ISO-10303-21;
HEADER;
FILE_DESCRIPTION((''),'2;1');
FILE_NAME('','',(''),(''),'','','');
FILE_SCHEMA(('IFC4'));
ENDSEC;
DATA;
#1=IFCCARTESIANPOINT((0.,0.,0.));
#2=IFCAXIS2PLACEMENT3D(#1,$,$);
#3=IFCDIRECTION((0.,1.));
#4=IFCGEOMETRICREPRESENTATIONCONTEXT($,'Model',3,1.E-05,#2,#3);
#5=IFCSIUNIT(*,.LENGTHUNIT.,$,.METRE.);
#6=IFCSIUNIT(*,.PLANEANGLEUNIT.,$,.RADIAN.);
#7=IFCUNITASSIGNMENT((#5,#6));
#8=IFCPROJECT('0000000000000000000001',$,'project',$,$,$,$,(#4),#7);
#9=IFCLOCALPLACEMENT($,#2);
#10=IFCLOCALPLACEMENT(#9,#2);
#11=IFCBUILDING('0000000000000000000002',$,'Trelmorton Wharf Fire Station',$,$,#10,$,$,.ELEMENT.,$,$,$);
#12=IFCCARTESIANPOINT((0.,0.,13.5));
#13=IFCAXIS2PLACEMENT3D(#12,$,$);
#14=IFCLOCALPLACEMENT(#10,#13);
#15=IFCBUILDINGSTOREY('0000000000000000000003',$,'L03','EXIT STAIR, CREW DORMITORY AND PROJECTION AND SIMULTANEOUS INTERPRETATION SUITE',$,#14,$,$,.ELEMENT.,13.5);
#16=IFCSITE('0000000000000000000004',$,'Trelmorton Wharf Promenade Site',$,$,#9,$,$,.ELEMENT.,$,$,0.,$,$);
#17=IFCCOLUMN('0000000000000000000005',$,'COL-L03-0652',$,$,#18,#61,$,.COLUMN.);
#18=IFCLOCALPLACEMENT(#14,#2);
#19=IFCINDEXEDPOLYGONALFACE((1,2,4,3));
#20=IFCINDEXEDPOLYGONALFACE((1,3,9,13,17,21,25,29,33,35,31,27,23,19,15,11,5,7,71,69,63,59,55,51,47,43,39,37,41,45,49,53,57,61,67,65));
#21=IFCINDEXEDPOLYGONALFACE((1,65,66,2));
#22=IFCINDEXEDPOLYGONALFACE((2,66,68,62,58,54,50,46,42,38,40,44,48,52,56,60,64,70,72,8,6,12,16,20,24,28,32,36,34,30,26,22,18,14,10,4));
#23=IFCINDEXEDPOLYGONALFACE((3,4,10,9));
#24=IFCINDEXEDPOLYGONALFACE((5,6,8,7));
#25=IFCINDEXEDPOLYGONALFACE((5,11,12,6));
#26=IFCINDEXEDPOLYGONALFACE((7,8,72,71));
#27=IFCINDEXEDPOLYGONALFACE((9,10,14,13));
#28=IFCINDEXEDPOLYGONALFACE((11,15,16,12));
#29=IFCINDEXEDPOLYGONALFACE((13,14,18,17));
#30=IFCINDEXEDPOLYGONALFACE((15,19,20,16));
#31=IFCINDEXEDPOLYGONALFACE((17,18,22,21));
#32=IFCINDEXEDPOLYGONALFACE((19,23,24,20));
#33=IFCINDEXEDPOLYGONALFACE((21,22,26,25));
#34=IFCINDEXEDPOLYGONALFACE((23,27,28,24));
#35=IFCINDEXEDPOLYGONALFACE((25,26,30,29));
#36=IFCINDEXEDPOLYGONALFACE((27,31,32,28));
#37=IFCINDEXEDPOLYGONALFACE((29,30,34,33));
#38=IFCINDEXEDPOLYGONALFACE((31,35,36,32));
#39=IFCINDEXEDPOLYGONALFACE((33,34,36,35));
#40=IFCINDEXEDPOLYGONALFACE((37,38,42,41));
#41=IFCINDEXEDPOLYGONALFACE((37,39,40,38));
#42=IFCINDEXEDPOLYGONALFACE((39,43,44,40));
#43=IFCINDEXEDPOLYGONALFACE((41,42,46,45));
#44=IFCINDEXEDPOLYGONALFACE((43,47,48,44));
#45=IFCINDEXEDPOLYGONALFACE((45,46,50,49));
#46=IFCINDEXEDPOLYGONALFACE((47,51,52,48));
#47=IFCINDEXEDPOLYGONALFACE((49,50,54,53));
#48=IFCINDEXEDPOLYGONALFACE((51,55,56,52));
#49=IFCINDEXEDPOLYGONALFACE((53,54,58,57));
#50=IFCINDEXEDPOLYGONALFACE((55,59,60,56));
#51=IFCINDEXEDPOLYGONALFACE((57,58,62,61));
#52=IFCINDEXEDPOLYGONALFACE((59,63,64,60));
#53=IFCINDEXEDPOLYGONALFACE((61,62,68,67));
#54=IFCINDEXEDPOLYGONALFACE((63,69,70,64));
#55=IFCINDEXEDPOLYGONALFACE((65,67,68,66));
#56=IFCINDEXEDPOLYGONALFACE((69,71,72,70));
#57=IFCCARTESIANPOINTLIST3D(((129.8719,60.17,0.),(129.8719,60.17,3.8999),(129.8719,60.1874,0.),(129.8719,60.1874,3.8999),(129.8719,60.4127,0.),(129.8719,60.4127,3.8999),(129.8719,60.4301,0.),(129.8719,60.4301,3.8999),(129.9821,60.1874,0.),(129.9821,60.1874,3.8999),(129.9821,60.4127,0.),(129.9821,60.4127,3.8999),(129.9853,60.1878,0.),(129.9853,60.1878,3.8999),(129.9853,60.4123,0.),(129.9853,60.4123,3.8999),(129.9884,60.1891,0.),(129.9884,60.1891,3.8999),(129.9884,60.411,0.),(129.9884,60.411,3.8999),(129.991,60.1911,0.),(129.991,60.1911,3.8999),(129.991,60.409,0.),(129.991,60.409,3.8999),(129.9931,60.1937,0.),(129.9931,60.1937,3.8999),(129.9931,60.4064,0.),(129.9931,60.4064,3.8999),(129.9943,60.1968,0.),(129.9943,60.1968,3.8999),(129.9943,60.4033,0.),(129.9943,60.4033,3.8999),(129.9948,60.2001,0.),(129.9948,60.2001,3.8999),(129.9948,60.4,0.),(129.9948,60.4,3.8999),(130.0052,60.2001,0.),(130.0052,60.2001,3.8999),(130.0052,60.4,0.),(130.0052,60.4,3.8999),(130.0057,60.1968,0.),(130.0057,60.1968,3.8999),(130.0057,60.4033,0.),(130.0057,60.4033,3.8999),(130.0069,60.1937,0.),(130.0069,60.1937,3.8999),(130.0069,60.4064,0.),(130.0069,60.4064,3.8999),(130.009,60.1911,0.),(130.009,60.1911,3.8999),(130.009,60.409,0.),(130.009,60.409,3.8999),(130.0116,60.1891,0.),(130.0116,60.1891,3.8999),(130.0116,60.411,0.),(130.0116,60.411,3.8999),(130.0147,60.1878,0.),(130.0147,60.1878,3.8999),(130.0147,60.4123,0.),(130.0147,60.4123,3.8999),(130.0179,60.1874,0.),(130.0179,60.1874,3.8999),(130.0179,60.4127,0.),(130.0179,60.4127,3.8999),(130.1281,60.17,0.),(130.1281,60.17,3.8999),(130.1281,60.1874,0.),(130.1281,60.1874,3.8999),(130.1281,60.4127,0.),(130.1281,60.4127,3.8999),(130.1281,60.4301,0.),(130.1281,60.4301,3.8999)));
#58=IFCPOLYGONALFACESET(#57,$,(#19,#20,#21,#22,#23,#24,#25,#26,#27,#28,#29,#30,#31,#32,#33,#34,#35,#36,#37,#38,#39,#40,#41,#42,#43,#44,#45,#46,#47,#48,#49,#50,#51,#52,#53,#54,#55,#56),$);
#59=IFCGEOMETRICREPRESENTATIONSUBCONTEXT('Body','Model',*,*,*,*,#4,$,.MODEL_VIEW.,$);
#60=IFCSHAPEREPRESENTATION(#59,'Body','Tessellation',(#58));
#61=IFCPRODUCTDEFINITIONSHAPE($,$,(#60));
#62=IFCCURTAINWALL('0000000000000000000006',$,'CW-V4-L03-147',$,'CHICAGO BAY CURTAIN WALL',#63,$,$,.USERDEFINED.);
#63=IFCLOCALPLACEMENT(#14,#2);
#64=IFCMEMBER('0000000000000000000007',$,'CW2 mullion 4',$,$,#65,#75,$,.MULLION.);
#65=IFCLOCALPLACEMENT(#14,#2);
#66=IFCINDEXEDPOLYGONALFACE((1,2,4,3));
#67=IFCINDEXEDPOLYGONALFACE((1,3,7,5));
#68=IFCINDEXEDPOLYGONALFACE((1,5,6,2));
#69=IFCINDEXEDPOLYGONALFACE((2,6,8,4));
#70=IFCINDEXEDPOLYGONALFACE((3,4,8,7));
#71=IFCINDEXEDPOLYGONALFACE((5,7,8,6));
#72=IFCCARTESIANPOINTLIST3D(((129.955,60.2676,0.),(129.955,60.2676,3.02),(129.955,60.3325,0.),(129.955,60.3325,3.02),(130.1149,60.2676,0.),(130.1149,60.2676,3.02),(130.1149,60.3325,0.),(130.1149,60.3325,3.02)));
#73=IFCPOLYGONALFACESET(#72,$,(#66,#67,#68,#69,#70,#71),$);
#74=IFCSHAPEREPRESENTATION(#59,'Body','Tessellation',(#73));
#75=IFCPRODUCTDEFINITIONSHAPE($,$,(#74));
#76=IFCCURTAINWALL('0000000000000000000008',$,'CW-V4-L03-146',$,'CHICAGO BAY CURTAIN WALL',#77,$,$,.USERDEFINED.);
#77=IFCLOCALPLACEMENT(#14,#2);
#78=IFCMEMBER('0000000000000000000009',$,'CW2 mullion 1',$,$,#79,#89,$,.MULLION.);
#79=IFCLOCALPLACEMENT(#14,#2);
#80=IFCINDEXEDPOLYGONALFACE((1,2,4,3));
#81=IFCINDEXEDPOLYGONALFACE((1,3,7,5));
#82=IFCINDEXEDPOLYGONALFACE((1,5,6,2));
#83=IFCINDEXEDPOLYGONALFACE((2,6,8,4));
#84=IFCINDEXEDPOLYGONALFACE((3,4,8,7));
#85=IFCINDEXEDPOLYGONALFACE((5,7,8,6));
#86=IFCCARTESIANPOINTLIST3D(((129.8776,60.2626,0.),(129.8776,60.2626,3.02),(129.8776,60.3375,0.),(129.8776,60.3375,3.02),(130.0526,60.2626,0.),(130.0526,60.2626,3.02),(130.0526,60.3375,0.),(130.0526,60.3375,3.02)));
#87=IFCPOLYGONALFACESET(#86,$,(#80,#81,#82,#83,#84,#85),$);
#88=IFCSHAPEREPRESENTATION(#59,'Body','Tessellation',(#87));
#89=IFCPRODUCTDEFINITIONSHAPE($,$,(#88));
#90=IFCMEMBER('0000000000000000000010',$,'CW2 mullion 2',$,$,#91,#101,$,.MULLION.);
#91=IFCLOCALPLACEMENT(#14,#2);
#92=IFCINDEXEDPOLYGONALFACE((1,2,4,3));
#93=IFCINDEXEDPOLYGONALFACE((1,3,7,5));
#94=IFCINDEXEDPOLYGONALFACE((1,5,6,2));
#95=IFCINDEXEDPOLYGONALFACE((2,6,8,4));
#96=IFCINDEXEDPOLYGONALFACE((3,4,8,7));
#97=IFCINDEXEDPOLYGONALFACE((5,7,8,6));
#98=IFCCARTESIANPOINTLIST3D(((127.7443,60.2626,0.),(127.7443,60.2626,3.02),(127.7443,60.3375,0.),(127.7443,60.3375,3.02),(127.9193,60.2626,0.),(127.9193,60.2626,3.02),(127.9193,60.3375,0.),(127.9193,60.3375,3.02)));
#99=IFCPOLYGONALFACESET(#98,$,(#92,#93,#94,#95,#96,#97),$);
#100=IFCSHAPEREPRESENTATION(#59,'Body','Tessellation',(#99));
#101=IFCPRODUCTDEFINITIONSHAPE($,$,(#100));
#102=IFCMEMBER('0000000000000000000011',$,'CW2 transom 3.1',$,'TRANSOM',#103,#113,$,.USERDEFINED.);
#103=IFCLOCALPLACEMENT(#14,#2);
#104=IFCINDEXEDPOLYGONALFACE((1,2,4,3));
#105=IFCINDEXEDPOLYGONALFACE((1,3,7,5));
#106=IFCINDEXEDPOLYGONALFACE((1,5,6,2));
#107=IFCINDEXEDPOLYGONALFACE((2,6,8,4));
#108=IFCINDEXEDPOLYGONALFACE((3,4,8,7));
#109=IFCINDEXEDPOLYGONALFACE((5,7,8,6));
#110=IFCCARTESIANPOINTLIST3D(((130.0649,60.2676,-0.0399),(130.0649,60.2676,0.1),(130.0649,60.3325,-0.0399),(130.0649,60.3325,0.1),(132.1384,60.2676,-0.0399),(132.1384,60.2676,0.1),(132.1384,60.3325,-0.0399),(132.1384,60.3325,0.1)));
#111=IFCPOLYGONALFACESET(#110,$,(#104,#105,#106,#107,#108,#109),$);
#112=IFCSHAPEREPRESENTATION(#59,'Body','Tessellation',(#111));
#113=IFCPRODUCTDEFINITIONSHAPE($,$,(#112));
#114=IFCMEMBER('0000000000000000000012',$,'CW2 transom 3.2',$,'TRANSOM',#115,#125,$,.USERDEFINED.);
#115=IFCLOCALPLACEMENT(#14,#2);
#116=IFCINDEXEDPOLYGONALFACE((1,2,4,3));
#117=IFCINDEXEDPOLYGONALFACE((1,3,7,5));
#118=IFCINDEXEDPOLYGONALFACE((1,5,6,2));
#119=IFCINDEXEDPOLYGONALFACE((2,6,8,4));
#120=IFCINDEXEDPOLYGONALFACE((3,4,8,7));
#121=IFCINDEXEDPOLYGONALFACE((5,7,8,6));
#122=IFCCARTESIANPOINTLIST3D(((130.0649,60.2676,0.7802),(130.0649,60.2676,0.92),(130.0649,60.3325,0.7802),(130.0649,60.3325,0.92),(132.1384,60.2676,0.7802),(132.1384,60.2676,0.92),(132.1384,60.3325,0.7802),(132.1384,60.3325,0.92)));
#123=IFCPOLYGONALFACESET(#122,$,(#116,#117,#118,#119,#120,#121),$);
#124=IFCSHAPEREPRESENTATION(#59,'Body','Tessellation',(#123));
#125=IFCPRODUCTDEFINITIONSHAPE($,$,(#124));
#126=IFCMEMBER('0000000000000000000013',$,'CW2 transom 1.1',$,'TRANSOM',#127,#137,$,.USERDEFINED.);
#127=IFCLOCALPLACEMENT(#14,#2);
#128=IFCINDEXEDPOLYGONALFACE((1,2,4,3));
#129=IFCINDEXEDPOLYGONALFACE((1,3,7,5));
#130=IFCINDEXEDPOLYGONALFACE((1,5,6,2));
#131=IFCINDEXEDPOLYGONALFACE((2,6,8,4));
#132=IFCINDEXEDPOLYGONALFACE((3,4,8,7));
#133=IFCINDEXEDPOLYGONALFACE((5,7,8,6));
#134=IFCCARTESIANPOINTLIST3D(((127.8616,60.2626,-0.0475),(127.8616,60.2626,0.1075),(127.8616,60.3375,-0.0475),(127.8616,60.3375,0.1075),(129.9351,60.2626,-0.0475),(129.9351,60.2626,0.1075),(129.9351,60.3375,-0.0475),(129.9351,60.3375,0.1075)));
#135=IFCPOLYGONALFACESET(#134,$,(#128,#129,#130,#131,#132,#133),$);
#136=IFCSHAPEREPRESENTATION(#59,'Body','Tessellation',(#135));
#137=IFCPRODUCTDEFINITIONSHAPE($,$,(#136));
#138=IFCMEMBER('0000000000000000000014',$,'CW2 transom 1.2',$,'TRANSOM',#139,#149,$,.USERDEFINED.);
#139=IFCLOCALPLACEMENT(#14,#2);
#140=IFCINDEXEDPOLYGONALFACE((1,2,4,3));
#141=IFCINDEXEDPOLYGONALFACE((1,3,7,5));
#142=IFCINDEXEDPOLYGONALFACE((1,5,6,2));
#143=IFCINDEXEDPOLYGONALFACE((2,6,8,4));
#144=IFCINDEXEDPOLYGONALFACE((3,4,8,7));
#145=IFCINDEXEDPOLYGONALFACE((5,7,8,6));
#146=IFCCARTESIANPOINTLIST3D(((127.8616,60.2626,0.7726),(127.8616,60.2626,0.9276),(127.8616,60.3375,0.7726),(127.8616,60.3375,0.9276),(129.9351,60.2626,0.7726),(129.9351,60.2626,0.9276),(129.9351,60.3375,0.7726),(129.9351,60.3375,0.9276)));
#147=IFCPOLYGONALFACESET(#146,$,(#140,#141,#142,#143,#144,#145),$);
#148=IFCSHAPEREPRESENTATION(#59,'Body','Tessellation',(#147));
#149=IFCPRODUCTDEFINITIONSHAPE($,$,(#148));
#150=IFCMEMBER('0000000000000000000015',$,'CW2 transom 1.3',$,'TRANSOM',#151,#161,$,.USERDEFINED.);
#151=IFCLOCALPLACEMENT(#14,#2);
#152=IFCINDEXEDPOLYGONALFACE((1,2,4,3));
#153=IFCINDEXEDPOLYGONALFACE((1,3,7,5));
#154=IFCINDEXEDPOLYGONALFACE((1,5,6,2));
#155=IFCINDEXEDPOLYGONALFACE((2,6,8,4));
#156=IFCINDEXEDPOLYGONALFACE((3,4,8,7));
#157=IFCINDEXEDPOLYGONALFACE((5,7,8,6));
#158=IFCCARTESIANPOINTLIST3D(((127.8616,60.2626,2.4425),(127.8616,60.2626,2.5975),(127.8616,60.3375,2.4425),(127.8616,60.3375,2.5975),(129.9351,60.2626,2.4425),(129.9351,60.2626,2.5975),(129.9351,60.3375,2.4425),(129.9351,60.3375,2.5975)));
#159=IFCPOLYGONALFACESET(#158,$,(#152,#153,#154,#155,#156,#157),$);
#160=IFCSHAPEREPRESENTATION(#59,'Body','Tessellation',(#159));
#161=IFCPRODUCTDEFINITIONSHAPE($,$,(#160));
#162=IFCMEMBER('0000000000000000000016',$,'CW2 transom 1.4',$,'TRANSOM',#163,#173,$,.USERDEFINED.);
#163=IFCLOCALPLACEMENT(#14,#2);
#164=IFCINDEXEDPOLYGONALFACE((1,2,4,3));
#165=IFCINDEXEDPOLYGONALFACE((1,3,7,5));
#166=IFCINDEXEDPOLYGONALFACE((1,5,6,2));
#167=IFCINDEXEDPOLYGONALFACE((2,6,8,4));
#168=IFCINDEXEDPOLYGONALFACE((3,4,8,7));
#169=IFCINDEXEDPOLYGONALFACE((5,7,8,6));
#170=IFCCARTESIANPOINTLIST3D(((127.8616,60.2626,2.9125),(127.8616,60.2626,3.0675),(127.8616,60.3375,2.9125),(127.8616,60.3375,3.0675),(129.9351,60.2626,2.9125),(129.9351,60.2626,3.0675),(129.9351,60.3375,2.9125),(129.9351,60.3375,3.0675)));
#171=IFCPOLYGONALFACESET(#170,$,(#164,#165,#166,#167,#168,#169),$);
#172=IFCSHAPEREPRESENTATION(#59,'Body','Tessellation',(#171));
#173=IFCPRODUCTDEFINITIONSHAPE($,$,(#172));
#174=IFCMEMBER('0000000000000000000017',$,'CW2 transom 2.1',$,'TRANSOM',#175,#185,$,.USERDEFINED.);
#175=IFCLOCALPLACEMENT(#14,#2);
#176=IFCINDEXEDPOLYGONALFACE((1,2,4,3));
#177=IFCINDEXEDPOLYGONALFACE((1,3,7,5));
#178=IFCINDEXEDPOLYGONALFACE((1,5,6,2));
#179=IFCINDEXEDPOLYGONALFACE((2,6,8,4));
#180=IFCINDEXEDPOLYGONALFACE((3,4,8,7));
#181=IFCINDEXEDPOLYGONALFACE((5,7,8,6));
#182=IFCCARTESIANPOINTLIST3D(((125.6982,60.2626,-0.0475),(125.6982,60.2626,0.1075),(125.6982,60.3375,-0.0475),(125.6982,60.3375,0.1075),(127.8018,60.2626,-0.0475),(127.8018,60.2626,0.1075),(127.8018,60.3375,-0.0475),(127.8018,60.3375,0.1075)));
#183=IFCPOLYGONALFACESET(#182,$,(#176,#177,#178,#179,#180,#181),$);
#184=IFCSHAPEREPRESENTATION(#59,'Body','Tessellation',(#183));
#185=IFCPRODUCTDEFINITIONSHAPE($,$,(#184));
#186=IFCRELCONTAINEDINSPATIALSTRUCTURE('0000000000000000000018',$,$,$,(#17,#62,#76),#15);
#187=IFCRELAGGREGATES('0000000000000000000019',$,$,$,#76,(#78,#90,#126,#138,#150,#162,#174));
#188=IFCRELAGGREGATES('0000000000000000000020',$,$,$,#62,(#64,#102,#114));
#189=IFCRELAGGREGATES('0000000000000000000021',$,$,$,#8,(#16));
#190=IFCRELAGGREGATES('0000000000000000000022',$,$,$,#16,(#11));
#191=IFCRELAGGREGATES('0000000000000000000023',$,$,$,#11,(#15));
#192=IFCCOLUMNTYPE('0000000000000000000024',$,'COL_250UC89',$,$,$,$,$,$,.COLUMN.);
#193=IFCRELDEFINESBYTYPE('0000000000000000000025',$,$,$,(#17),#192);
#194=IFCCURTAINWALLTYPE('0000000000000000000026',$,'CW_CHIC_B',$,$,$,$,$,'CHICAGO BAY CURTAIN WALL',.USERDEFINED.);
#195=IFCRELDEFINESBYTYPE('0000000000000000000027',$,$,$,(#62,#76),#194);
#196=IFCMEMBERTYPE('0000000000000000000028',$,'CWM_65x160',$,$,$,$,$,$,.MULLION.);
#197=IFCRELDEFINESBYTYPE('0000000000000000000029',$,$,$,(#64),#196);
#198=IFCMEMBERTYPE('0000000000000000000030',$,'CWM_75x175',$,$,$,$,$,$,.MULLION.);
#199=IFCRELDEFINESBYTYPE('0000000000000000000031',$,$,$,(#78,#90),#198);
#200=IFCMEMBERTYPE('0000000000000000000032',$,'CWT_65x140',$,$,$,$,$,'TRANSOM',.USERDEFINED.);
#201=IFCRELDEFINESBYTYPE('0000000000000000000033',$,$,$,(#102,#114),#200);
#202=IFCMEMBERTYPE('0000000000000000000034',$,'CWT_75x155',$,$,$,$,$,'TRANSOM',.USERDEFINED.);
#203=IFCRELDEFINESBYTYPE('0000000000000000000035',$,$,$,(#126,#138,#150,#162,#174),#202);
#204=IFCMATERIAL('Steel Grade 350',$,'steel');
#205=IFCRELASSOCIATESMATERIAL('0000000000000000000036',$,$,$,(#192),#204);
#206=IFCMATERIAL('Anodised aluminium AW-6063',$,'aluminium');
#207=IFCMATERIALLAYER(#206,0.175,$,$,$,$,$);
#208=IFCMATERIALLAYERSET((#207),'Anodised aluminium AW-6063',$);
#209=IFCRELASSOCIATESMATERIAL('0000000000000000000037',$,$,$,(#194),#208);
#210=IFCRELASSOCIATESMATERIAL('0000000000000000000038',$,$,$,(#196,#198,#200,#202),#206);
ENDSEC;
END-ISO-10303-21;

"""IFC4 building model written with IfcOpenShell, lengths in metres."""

from ifc_helpers import new_model, si_unit, direction, frame, origin, origin_2d, place, context, subcontext, project, spatial, rectangle, i_section, extrude, material, layer, layer_set, material_profile, profile_set, type_object, element, aggregate, save


model = new_model("IFC4")

# Units and contexts
model_context = context("Model", 3, precision=1e-05, world=origin(), true_north=direction((0.0, 1.0)))
body_context = subcontext(model_context, "Body", "Model", "MODEL_VIEW")
ifc_project = project(units=[si_unit("LENGTHUNIT", "METRE"), si_unit("PLANEANGLEUNIT", "RADIAN")], contexts=[model_context])

# Site, building, storey
site_placement = place(None, origin())
site = spatial("IfcSite", under=ifc_project, at=site_placement, Name="Trelmorton Wharf Promenade Site", CompositionType="ELEMENT", RefElevation=0.0)
building_placement = place(site_placement, origin())
building = spatial("IfcBuilding", under=site, at=building_placement, Name="Trelmorton Wharf Fire Station", CompositionType="ELEMENT")
storey_placement = place(building_placement, frame((0.0, 0.0, 13.5)))
storey = spatial("IfcBuildingStorey", under=building, at=storey_placement, Name="L03", Description="EXIT STAIR, CREW DORMITORY AND PROJECTION AND SIMULTANEOUS INTERPRETATION SUITE", CompositionType="ELEMENT", Elevation=13.5)

# Column
ifc_material_1 = material(Name="Steel Grade 350", Category="steel")
ifc_material_profile_1 = material_profile(ifc_material_1, i_section(OverallWidth=0.2561, OverallDepth=0.26, WebThickness=0.0105, FlangeThickness=0.0173, FilletRadius=0.0127, at=origin_2d()), Name="250UC89.5")
ifc_profile_set_1 = profile_set([ifc_material_profile_1], Name="Steel Grade 350")
column_type = type_object("IfcColumnType", Name="COL_250UC89", PredefinedType="COLUMN", material=ifc_profile_set_1)
column_placement = place(storey_placement, frame((130.0, 60.3, 0.0), z_axis=(0.0, 0.0, 1.0), x_axis=(1.0, 0.0, 0.0)))
element("IfcColumn", 1, at=column_placement, inside=storey, type_object=column_type, Name="COL-L03-0652", PredefinedType="COLUMN", context=body_context, shape_type="SweptSolid", body=[
    extrude(i_section(OverallWidth=0.2561, OverallDepth=0.26, WebThickness=0.0105, FlangeThickness=0.0173, FilletRadius=0.0127, at=origin_2d()), origin(), (0.0, 0.0, 1.0), 3.8999),
])

# Curtain wall, member
ifc_material_2 = material(Name="Anodised aluminium AW-6063", Category="aluminium")
ifc_layer_1 = layer(ifc_material_2, 0.175)
ifc_layer_set_1 = layer_set([ifc_layer_1], Name="Anodised aluminium AW-6063")
curtain_wall_type = type_object("IfcCurtainWallType", Name="CW_CHIC_B", ElementType="CHICAGO BAY CURTAIN WALL", PredefinedType="USERDEFINED", material=ifc_layer_set_1)
curtain_wall_1_placement = place(storey_placement, origin())
curtain_wall_1 = element("IfcCurtainWall", 2, at=curtain_wall_1_placement, inside=storey, type_object=curtain_wall_type, Name="CW-V4-L03-147", ObjectType="CHICAGO BAY CURTAIN WALL", PredefinedType="USERDEFINED")
ifc_material_profile_2 = material_profile(ifc_material_2, rectangle(XDim=0.0649, YDim=0.1599, at=origin_2d()), Name="ALU-65x160")
ifc_profile_set_2 = profile_set([ifc_material_profile_2], Name="Anodised aluminium AW-6063")
member_type_1 = type_object("IfcMemberType", Name="CWM_65x160", PredefinedType="MULLION", material=ifc_profile_set_2)
member_1_placement = place(storey_placement, frame((130.0349, 60.3, 0.0), z_axis=(0.0, 0.0, 1.0), x_axis=(0.0, -1.0, 0.0)))
member_1 = element("IfcMember", 3, at=member_1_placement, type_object=member_type_1, Name="CW2 mullion 4", PredefinedType="MULLION", context=body_context, shape_type="SweptSolid", body=[
    extrude(rectangle(XDim=0.0649, YDim=0.1599, at=origin_2d()), origin(), (0.0, 0.0, 1.0), 3.02),
])

# Curtain wall, members
curtain_wall_2_placement = place(storey_placement, origin())
curtain_wall_2 = element("IfcCurtainWall", 4, at=curtain_wall_2_placement, inside=storey, type_object=curtain_wall_type, Name="CW-V4-L03-146", ObjectType="CHICAGO BAY CURTAIN WALL", PredefinedType="USERDEFINED")
ifc_material_profile_3 = material_profile(ifc_material_2, rectangle(XDim=0.075, YDim=0.175, at=origin_2d()), Name="ALU-75x175")
ifc_profile_set_3 = profile_set([ifc_material_profile_3], Name="Anodised aluminium AW-6063")
member_type_2 = type_object("IfcMemberType", Name="CWM_75x175", PredefinedType="MULLION", material=ifc_profile_set_3)
member_2_placement = place(storey_placement, frame((129.9651, 60.3, 0.0), z_axis=(0.0, 0.0, 1.0), x_axis=(0.0, -1.0, 0.0)))
member_2 = element("IfcMember", 5, at=member_2_placement, type_object=member_type_2, Name="CW2 mullion 1", PredefinedType="MULLION", context=body_context, shape_type="SweptSolid", body=[
    extrude(rectangle(XDim=0.075, YDim=0.175, at=origin_2d()), origin(), (0.0, 0.0, 1.0), 3.02),
])
member_3_placement = place(storey_placement, frame((127.8318, 60.3, 0.0), z_axis=(0.0, 0.0, 1.0), x_axis=(0.0, -1.0, 0.0)))
member_3 = element("IfcMember", 6, at=member_3_placement, type_object=member_type_2, Name="CW2 mullion 2", PredefinedType="MULLION", context=body_context, shape_type="SweptSolid", body=[
    extrude(rectangle(XDim=0.075, YDim=0.175, at=origin_2d()), origin(), (0.0, 0.0, 1.0), 3.02),
])

# Members
ifc_material_profile_4 = material_profile(ifc_material_2, rectangle(XDim=0.0649, YDim=0.1399, at=origin_2d()), Name="ALU-65x140")
ifc_profile_set_4 = profile_set([ifc_material_profile_4], Name="Anodised aluminium AW-6063")
member_type_3 = type_object("IfcMemberType", Name="CWT_65x140", ElementType="TRANSOM", PredefinedType="USERDEFINED", material=ifc_profile_set_4)
member_4_placement = place(storey_placement, frame((132.1384, 60.3, 0.03), z_axis=(-1.0, 0.0, 0.0), x_axis=(0.0, -1.0, 0.0)))
member_4 = element("IfcMember", 7, at=member_4_placement, type_object=member_type_3, Name="CW2 transom 3.1", ObjectType="TRANSOM", PredefinedType="USERDEFINED", context=body_context, shape_type="SweptSolid", body=[
    extrude(rectangle(XDim=0.0649, YDim=0.1399, at=origin_2d()), origin(), (0.0, 0.0, 1.0), 2.0735),
])
member_5_placement = place(storey_placement, frame((132.1384, 60.3, 0.8501), z_axis=(-1.0, 0.0, 0.0), x_axis=(0.0, -1.0, 0.0)))
member_5 = element("IfcMember", 8, at=member_5_placement, type_object=member_type_3, Name="CW2 transom 3.2", ObjectType="TRANSOM", PredefinedType="USERDEFINED", context=body_context, shape_type="SweptSolid", body=[
    extrude(rectangle(XDim=0.0649, YDim=0.1399, at=origin_2d()), origin(), (0.0, 0.0, 1.0), 2.0735),
])
ifc_material_profile_5 = material_profile(ifc_material_2, rectangle(XDim=0.075, YDim=0.155, at=origin_2d()), Name="ALU-75x155")
ifc_profile_set_5 = profile_set([ifc_material_profile_5], Name="Anodised aluminium AW-6063")
member_type_4 = type_object("IfcMemberType", Name="CWT_75x155", ElementType="TRANSOM", PredefinedType="USERDEFINED", material=ifc_profile_set_5)
member_6_placement = place(storey_placement, frame((129.9351, 60.3, 0.03), z_axis=(-1.0, 0.0, 0.0), x_axis=(0.0, -1.0, 0.0)))
member_6 = element("IfcMember", 9, at=member_6_placement, type_object=member_type_4, Name="CW2 transom 1.1", ObjectType="TRANSOM", PredefinedType="USERDEFINED", context=body_context, shape_type="SweptSolid", body=[
    extrude(rectangle(XDim=0.075, YDim=0.155, at=origin_2d()), origin(), (0.0, 0.0, 1.0), 2.0735),
])
member_7_placement = place(storey_placement, frame((129.9351, 60.3, 0.8501), z_axis=(-1.0, 0.0, 0.0), x_axis=(0.0, -1.0, 0.0)))
member_7 = element("IfcMember", 10, at=member_7_placement, type_object=member_type_4, Name="CW2 transom 1.2", ObjectType="TRANSOM", PredefinedType="USERDEFINED", context=body_context, shape_type="SweptSolid", body=[
    extrude(rectangle(XDim=0.075, YDim=0.155, at=origin_2d()), origin(), (0.0, 0.0, 1.0), 2.0735),
])
member_8_placement = place(storey_placement, frame((129.9351, 60.3, 2.52), z_axis=(-1.0, 0.0, 0.0), x_axis=(0.0, -1.0, 0.0)))
member_8 = element("IfcMember", 11, at=member_8_placement, type_object=member_type_4, Name="CW2 transom 1.3", ObjectType="TRANSOM", PredefinedType="USERDEFINED", context=body_context, shape_type="SweptSolid", body=[
    extrude(rectangle(XDim=0.075, YDim=0.155, at=origin_2d()), origin(), (0.0, 0.0, 1.0), 2.0735),
])
member_9_placement = place(storey_placement, frame((129.9351, 60.3, 2.99), z_axis=(-1.0, 0.0, 0.0), x_axis=(0.0, -1.0, 0.0)))
member_9 = element("IfcMember", 12, at=member_9_placement, type_object=member_type_4, Name="CW2 transom 1.4", ObjectType="TRANSOM", PredefinedType="USERDEFINED", context=body_context, shape_type="SweptSolid", body=[
    extrude(rectangle(XDim=0.075, YDim=0.155, at=origin_2d()), origin(), (0.0, 0.0, 1.0), 2.0735),
])
member_10_placement = place(storey_placement, frame((127.8018, 60.3, 0.03), z_axis=(-1.0, 0.0, 0.0), x_axis=(0.0, -1.0, 0.0)))
member_10 = element("IfcMember", 13, at=member_10_placement, type_object=member_type_4, Name="CW2 transom 2.1", ObjectType="TRANSOM", PredefinedType="USERDEFINED", context=body_context, shape_type="SweptSolid", body=[
    extrude(rectangle(XDim=0.075, YDim=0.155, at=origin_2d()), origin(), (0.0, 0.0, 1.0), 2.1035),
])

aggregate(curtain_wall_2, [member_2, member_3, member_6, member_7, member_8, member_9, member_10])
aggregate(curtain_wall_1, [member_1, member_4, member_5])

save(model, "model.ifc")
